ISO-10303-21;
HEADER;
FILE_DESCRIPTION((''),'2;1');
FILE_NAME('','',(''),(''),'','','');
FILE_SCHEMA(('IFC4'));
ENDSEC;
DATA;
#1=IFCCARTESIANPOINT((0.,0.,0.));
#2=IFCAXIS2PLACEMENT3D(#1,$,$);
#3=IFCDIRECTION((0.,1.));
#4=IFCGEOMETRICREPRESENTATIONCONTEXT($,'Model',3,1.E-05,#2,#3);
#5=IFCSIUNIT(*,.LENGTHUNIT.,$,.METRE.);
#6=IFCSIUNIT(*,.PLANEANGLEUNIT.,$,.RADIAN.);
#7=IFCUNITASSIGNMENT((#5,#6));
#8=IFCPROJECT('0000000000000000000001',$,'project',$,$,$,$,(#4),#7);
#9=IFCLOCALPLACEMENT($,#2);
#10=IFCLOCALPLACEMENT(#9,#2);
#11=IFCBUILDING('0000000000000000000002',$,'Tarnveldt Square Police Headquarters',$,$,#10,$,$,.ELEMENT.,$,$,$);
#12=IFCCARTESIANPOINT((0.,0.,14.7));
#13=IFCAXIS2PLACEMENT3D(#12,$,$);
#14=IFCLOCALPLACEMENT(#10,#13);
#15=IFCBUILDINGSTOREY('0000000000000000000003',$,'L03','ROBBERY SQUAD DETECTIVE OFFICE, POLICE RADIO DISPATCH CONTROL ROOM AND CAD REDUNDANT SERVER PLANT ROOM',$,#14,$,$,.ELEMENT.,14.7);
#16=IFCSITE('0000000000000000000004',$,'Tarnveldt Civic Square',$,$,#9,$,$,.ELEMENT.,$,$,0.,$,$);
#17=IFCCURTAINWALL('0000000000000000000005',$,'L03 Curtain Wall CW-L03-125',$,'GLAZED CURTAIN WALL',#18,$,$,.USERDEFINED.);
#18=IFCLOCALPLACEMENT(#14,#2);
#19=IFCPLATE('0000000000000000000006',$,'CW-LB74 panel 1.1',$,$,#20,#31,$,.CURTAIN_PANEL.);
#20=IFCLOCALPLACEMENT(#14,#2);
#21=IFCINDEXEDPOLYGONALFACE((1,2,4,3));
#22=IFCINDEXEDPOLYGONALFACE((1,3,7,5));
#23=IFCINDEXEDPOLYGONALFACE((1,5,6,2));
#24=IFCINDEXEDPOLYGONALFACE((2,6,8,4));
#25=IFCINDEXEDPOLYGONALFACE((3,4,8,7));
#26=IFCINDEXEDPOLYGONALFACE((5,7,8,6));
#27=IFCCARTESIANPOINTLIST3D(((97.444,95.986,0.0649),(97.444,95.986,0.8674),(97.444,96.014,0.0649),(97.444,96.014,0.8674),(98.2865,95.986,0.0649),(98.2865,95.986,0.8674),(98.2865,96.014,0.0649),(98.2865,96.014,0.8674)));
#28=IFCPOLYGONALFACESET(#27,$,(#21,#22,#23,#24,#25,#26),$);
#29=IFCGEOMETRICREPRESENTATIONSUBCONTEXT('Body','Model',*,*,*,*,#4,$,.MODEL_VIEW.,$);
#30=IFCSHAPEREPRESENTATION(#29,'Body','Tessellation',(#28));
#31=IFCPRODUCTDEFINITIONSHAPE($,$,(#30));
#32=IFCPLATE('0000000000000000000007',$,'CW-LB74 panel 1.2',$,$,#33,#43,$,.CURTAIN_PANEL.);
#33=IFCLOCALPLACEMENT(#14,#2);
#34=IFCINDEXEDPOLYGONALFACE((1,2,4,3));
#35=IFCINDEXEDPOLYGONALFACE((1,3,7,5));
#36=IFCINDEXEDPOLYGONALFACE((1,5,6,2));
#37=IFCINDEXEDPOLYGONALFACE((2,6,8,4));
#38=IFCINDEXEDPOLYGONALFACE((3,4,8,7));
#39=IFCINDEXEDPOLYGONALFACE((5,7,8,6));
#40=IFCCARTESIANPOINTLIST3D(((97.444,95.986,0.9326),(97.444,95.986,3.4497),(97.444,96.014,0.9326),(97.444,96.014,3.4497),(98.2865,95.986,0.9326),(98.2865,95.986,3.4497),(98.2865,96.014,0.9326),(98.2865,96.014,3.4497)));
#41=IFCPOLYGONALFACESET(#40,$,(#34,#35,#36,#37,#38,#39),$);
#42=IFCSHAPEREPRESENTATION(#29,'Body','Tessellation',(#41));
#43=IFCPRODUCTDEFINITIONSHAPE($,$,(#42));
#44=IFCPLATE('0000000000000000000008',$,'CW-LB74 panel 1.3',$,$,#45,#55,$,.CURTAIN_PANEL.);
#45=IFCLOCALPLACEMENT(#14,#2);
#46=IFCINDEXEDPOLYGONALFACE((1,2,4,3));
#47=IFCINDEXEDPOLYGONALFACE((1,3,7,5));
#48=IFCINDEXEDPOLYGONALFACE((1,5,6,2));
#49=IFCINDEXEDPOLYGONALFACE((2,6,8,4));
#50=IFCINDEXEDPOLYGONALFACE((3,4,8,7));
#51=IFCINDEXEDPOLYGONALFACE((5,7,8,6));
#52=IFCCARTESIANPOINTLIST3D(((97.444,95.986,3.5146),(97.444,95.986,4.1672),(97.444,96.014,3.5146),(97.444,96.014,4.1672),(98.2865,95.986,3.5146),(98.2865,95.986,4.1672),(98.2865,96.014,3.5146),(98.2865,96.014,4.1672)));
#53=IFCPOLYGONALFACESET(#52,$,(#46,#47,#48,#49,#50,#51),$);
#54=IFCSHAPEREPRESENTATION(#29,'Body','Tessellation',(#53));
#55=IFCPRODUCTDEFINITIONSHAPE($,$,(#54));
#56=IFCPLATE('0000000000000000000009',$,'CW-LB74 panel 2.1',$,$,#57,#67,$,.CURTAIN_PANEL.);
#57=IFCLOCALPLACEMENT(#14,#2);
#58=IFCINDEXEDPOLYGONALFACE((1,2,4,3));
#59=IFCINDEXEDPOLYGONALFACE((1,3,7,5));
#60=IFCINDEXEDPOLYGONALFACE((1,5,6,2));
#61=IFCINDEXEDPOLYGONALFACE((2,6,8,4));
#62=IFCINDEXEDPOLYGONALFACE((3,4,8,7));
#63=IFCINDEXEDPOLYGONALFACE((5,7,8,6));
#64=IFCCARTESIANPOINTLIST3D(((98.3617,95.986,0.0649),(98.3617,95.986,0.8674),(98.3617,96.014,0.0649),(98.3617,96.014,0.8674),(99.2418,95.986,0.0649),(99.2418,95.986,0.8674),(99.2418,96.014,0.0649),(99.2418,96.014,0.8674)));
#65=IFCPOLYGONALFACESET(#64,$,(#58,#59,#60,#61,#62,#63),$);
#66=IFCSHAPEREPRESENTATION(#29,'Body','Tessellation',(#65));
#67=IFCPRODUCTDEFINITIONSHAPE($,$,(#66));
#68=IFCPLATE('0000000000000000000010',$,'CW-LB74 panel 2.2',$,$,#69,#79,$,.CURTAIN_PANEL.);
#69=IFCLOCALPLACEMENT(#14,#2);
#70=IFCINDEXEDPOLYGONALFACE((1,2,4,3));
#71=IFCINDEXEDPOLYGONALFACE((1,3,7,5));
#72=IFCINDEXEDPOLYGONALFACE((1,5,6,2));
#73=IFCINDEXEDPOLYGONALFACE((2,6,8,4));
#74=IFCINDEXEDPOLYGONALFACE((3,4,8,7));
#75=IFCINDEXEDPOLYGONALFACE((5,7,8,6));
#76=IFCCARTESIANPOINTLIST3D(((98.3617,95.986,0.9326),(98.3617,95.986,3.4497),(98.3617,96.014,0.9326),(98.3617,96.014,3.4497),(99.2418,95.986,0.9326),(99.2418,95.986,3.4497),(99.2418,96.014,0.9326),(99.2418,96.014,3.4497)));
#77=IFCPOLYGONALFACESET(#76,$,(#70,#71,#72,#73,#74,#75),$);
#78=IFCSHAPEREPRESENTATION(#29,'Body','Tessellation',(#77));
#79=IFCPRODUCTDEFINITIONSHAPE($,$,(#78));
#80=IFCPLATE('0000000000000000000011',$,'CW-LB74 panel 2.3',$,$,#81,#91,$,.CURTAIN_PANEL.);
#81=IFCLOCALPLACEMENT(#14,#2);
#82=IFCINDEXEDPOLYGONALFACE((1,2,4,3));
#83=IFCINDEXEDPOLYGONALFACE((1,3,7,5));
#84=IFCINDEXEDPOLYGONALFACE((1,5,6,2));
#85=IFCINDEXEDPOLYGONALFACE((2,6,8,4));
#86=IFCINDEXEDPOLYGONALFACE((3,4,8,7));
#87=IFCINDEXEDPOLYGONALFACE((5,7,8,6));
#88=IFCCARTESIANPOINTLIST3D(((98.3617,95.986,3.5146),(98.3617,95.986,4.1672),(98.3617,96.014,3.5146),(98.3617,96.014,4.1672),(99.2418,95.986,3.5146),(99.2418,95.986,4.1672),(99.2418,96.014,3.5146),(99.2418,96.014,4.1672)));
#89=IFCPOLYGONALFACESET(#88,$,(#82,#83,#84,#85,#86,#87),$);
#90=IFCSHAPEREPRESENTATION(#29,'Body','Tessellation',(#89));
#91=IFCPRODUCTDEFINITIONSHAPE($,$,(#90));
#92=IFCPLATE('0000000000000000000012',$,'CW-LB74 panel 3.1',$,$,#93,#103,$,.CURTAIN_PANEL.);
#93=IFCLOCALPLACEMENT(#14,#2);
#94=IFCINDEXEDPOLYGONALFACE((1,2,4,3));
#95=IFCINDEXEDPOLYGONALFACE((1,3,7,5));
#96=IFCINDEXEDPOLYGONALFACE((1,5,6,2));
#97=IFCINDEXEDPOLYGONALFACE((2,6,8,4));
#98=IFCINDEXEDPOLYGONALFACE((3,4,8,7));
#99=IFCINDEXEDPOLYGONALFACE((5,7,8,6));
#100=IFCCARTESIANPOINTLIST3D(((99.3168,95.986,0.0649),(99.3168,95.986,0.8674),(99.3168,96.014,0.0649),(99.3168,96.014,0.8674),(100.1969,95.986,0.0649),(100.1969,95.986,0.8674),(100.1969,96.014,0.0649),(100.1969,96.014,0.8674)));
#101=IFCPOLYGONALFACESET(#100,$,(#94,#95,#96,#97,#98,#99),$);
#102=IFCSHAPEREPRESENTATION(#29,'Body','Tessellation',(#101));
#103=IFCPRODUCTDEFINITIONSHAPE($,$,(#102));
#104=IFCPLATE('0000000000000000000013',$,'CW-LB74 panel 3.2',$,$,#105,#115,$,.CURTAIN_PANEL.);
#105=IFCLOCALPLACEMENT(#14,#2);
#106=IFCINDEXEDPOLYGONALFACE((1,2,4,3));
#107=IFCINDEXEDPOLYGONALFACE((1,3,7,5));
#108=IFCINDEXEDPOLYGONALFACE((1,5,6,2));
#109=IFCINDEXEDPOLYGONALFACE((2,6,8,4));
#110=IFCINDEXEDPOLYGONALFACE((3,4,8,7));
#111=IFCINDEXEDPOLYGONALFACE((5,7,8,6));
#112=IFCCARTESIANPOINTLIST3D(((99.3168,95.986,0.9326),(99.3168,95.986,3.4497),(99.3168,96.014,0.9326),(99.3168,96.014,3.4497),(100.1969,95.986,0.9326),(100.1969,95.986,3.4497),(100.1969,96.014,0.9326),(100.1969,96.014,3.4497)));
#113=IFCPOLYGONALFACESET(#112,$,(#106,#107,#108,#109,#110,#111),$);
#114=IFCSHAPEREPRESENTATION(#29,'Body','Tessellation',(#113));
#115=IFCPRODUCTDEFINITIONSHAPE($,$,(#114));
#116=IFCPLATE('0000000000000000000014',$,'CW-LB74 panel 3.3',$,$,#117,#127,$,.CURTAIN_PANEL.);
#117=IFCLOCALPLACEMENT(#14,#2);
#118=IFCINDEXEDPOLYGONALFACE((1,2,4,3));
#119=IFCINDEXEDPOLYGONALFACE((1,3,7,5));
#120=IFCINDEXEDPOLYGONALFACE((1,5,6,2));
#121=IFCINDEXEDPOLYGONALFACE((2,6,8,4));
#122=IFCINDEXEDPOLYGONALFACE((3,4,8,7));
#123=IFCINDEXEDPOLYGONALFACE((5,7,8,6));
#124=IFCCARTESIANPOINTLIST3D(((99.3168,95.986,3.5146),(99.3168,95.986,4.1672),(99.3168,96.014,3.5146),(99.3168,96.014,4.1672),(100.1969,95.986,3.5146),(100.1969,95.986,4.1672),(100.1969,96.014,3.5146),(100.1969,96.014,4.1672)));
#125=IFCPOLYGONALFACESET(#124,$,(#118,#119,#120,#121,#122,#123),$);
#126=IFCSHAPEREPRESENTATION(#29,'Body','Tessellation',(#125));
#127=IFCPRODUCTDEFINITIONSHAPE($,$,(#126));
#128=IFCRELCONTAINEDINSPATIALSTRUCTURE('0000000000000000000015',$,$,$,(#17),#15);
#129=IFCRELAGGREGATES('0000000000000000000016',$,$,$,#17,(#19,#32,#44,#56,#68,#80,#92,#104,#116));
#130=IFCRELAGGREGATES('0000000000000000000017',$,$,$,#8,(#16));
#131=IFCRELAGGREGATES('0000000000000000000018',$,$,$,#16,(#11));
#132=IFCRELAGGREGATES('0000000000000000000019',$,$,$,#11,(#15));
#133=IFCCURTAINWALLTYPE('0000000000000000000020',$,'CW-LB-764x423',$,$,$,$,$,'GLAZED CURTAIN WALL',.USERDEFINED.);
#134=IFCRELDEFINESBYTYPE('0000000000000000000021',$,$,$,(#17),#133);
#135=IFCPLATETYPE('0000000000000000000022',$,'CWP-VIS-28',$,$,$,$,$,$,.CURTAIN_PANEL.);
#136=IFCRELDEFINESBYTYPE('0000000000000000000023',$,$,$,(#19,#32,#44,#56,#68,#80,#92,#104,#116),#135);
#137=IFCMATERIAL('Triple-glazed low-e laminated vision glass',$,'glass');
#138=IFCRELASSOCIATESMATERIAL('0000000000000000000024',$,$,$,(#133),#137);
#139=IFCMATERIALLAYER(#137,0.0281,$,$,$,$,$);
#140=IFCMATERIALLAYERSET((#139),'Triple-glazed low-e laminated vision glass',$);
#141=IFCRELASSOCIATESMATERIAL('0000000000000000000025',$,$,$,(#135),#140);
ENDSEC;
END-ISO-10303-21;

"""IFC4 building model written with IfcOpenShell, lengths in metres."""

from ifc_helpers import new_model, si_unit, direction, frame, origin, origin_2d, place, context, subcontext, project, spatial, rectangle, extrude, material, layer, layer_set, type_object, element, aggregate, save


model = new_model("IFC4")

# Units and contexts
model_context = context("Model", 3, precision=1e-05, world=origin(), true_north=direction((0.0, 1.0)))
body_context = subcontext(model_context, "Body", "Model", "MODEL_VIEW")
ifc_project = project(units=[si_unit("LENGTHUNIT", "METRE"), si_unit("PLANEANGLEUNIT", "RADIAN")], contexts=[model_context])

# Site, building, storey
site_placement = place(None, origin())
site = spatial("IfcSite", under=ifc_project, at=site_placement, Name="Tarnveldt Civic Square", CompositionType="ELEMENT", RefElevation=0.0)
building_placement = place(site_placement, origin())
building = spatial("IfcBuilding", under=site, at=building_placement, Name="Tarnveldt Square Police Headquarters", CompositionType="ELEMENT")
storey_placement = place(building_placement, frame((0.0, 0.0, 14.7)))
storey = spatial("IfcBuildingStorey", under=building, at=storey_placement, Name="L03", Description="ROBBERY SQUAD DETECTIVE OFFICE, POLICE RADIO DISPATCH CONTROL ROOM AND CAD REDUNDANT SERVER PLANT ROOM", CompositionType="ELEMENT", Elevation=14.7)

# Curtain wall, plates
ifc_material_1 = material(Name="Triple-glazed low-e laminated vision glass", Category="glass")
curtain_wall_type = type_object("IfcCurtainWallType", Name="CW-LB-764x423", ElementType="GLAZED CURTAIN WALL", PredefinedType="USERDEFINED", material=ifc_material_1)
curtain_wall_placement = place(storey_placement, origin())
curtain_wall = element("IfcCurtainWall", 1, at=curtain_wall_placement, inside=storey, type_object=curtain_wall_type, Name="L03 Curtain Wall CW-L03-125", ObjectType="GLAZED CURTAIN WALL", PredefinedType="USERDEFINED")
ifc_layer = layer(ifc_material_1, 0.0281)
ifc_layer_set = layer_set([ifc_layer], Name="Triple-glazed low-e laminated vision glass")
plate_type = type_object("IfcPlateType", Name="CWP-VIS-28", PredefinedType="CURTAIN_PANEL", material=ifc_layer_set)
plate_1_placement = place(storey_placement, frame((97.8652, 96.0, 0.0649), z_axis=(0.0, 0.0, 1.0), x_axis=(1.0, 0.0, 0.0)))
plate_1 = element("IfcPlate", 2, at=plate_1_placement, type_object=plate_type, Name="CW-LB74 panel 1.1", PredefinedType="CURTAIN_PANEL", context=body_context, shape_type="SweptSolid", body=[
    extrude(rectangle(XDim=0.8425, YDim=0.0281, at=origin_2d()), origin(), (0.0, 0.0, 1.0), 0.8025),
])
plate_2_placement = place(storey_placement, frame((97.8652, 96.0, 0.9326), z_axis=(0.0, 0.0, 1.0), x_axis=(1.0, 0.0, 0.0)))
plate_2 = element("IfcPlate", 3, at=plate_2_placement, type_object=plate_type, Name="CW-LB74 panel 1.2", PredefinedType="CURTAIN_PANEL", context=body_context, shape_type="SweptSolid", body=[
    extrude(rectangle(XDim=0.8425, YDim=0.0281, at=origin_2d()), origin(), (0.0, 0.0, 1.0), 2.5171),
])
plate_3_placement = place(storey_placement, frame((97.8652, 96.0, 3.5146), z_axis=(0.0, 0.0, 1.0), x_axis=(1.0, 0.0, 0.0)))
plate_3 = element("IfcPlate", 4, at=plate_3_placement, type_object=plate_type, Name="CW-LB74 panel 1.3", PredefinedType="CURTAIN_PANEL", context=body_context, shape_type="SweptSolid", body=[
    extrude(rectangle(XDim=0.8425, YDim=0.0281, at=origin_2d()), origin(), (0.0, 0.0, 1.0), 0.6526),
])
plate_4_placement = place(storey_placement, frame((98.8018, 96.0, 0.0649), z_axis=(0.0, 0.0, 1.0), x_axis=(1.0, 0.0, 0.0)))
plate_4 = element("IfcPlate", 5, at=plate_4_placement, type_object=plate_type, Name="CW-LB74 panel 2.1", PredefinedType="CURTAIN_PANEL", context=body_context, shape_type="SweptSolid", body=[
    extrude(rectangle(XDim=0.8801, YDim=0.0281, at=origin_2d()), origin(), (0.0, 0.0, 1.0), 0.8025),
])
plate_5_placement = place(storey_placement, frame((98.8018, 96.0, 0.9326), z_axis=(0.0, 0.0, 1.0), x_axis=(1.0, 0.0, 0.0)))
plate_5 = element("IfcPlate", 6, at=plate_5_placement, type_object=plate_type, Name="CW-LB74 panel 2.2", PredefinedType="CURTAIN_PANEL", context=body_context, shape_type="SweptSolid", body=[
    extrude(rectangle(XDim=0.8801, YDim=0.0281, at=origin_2d()), origin(), (0.0, 0.0, 1.0), 2.5171),
])
plate_6_placement = place(storey_placement, frame((98.8018, 96.0, 3.5146), z_axis=(0.0, 0.0, 1.0), x_axis=(1.0, 0.0, 0.0)))
plate_6 = element("IfcPlate", 7, at=plate_6_placement, type_object=plate_type, Name="CW-LB74 panel 2.3", PredefinedType="CURTAIN_PANEL", context=body_context, shape_type="SweptSolid", body=[
    extrude(rectangle(XDim=0.8801, YDim=0.0281, at=origin_2d()), origin(), (0.0, 0.0, 1.0), 0.6526),
])
plate_7_placement = place(storey_placement, frame((99.7568, 96.0, 0.0649), z_axis=(0.0, 0.0, 1.0), x_axis=(1.0, 0.0, 0.0)))
plate_7 = element("IfcPlate", 8, at=plate_7_placement, type_object=plate_type, Name="CW-LB74 panel 3.1", PredefinedType="CURTAIN_PANEL", context=body_context, shape_type="SweptSolid", body=[
    extrude(rectangle(XDim=0.8801, YDim=0.0281, at=origin_2d()), origin(), (0.0, 0.0, 1.0), 0.8025),
])
plate_8_placement = place(storey_placement, frame((99.7568, 96.0, 0.9326), z_axis=(0.0, 0.0, 1.0), x_axis=(1.0, 0.0, 0.0)))
plate_8 = element("IfcPlate", 9, at=plate_8_placement, type_object=plate_type, Name="CW-LB74 panel 3.2", PredefinedType="CURTAIN_PANEL", context=body_context, shape_type="SweptSolid", body=[
    extrude(rectangle(XDim=0.8801, YDim=0.0281, at=origin_2d()), origin(), (0.0, 0.0, 1.0), 2.5171),
])
plate_9_placement = place(storey_placement, frame((99.7568, 96.0, 3.5146), z_axis=(0.0, 0.0, 1.0), x_axis=(1.0, 0.0, 0.0)))
plate_9 = element("IfcPlate", 10, at=plate_9_placement, type_object=plate_type, Name="CW-LB74 panel 3.3", PredefinedType="CURTAIN_PANEL", context=body_context, shape_type="SweptSolid", body=[
    extrude(rectangle(XDim=0.8801, YDim=0.0281, at=origin_2d()), origin(), (0.0, 0.0, 1.0), 0.6526),
])
aggregate(curtain_wall, [plate_1, plate_2, plate_3, plate_4, plate_5, plate_6, plate_7, plate_8, plate_9])

save(model, "model.ifc")
